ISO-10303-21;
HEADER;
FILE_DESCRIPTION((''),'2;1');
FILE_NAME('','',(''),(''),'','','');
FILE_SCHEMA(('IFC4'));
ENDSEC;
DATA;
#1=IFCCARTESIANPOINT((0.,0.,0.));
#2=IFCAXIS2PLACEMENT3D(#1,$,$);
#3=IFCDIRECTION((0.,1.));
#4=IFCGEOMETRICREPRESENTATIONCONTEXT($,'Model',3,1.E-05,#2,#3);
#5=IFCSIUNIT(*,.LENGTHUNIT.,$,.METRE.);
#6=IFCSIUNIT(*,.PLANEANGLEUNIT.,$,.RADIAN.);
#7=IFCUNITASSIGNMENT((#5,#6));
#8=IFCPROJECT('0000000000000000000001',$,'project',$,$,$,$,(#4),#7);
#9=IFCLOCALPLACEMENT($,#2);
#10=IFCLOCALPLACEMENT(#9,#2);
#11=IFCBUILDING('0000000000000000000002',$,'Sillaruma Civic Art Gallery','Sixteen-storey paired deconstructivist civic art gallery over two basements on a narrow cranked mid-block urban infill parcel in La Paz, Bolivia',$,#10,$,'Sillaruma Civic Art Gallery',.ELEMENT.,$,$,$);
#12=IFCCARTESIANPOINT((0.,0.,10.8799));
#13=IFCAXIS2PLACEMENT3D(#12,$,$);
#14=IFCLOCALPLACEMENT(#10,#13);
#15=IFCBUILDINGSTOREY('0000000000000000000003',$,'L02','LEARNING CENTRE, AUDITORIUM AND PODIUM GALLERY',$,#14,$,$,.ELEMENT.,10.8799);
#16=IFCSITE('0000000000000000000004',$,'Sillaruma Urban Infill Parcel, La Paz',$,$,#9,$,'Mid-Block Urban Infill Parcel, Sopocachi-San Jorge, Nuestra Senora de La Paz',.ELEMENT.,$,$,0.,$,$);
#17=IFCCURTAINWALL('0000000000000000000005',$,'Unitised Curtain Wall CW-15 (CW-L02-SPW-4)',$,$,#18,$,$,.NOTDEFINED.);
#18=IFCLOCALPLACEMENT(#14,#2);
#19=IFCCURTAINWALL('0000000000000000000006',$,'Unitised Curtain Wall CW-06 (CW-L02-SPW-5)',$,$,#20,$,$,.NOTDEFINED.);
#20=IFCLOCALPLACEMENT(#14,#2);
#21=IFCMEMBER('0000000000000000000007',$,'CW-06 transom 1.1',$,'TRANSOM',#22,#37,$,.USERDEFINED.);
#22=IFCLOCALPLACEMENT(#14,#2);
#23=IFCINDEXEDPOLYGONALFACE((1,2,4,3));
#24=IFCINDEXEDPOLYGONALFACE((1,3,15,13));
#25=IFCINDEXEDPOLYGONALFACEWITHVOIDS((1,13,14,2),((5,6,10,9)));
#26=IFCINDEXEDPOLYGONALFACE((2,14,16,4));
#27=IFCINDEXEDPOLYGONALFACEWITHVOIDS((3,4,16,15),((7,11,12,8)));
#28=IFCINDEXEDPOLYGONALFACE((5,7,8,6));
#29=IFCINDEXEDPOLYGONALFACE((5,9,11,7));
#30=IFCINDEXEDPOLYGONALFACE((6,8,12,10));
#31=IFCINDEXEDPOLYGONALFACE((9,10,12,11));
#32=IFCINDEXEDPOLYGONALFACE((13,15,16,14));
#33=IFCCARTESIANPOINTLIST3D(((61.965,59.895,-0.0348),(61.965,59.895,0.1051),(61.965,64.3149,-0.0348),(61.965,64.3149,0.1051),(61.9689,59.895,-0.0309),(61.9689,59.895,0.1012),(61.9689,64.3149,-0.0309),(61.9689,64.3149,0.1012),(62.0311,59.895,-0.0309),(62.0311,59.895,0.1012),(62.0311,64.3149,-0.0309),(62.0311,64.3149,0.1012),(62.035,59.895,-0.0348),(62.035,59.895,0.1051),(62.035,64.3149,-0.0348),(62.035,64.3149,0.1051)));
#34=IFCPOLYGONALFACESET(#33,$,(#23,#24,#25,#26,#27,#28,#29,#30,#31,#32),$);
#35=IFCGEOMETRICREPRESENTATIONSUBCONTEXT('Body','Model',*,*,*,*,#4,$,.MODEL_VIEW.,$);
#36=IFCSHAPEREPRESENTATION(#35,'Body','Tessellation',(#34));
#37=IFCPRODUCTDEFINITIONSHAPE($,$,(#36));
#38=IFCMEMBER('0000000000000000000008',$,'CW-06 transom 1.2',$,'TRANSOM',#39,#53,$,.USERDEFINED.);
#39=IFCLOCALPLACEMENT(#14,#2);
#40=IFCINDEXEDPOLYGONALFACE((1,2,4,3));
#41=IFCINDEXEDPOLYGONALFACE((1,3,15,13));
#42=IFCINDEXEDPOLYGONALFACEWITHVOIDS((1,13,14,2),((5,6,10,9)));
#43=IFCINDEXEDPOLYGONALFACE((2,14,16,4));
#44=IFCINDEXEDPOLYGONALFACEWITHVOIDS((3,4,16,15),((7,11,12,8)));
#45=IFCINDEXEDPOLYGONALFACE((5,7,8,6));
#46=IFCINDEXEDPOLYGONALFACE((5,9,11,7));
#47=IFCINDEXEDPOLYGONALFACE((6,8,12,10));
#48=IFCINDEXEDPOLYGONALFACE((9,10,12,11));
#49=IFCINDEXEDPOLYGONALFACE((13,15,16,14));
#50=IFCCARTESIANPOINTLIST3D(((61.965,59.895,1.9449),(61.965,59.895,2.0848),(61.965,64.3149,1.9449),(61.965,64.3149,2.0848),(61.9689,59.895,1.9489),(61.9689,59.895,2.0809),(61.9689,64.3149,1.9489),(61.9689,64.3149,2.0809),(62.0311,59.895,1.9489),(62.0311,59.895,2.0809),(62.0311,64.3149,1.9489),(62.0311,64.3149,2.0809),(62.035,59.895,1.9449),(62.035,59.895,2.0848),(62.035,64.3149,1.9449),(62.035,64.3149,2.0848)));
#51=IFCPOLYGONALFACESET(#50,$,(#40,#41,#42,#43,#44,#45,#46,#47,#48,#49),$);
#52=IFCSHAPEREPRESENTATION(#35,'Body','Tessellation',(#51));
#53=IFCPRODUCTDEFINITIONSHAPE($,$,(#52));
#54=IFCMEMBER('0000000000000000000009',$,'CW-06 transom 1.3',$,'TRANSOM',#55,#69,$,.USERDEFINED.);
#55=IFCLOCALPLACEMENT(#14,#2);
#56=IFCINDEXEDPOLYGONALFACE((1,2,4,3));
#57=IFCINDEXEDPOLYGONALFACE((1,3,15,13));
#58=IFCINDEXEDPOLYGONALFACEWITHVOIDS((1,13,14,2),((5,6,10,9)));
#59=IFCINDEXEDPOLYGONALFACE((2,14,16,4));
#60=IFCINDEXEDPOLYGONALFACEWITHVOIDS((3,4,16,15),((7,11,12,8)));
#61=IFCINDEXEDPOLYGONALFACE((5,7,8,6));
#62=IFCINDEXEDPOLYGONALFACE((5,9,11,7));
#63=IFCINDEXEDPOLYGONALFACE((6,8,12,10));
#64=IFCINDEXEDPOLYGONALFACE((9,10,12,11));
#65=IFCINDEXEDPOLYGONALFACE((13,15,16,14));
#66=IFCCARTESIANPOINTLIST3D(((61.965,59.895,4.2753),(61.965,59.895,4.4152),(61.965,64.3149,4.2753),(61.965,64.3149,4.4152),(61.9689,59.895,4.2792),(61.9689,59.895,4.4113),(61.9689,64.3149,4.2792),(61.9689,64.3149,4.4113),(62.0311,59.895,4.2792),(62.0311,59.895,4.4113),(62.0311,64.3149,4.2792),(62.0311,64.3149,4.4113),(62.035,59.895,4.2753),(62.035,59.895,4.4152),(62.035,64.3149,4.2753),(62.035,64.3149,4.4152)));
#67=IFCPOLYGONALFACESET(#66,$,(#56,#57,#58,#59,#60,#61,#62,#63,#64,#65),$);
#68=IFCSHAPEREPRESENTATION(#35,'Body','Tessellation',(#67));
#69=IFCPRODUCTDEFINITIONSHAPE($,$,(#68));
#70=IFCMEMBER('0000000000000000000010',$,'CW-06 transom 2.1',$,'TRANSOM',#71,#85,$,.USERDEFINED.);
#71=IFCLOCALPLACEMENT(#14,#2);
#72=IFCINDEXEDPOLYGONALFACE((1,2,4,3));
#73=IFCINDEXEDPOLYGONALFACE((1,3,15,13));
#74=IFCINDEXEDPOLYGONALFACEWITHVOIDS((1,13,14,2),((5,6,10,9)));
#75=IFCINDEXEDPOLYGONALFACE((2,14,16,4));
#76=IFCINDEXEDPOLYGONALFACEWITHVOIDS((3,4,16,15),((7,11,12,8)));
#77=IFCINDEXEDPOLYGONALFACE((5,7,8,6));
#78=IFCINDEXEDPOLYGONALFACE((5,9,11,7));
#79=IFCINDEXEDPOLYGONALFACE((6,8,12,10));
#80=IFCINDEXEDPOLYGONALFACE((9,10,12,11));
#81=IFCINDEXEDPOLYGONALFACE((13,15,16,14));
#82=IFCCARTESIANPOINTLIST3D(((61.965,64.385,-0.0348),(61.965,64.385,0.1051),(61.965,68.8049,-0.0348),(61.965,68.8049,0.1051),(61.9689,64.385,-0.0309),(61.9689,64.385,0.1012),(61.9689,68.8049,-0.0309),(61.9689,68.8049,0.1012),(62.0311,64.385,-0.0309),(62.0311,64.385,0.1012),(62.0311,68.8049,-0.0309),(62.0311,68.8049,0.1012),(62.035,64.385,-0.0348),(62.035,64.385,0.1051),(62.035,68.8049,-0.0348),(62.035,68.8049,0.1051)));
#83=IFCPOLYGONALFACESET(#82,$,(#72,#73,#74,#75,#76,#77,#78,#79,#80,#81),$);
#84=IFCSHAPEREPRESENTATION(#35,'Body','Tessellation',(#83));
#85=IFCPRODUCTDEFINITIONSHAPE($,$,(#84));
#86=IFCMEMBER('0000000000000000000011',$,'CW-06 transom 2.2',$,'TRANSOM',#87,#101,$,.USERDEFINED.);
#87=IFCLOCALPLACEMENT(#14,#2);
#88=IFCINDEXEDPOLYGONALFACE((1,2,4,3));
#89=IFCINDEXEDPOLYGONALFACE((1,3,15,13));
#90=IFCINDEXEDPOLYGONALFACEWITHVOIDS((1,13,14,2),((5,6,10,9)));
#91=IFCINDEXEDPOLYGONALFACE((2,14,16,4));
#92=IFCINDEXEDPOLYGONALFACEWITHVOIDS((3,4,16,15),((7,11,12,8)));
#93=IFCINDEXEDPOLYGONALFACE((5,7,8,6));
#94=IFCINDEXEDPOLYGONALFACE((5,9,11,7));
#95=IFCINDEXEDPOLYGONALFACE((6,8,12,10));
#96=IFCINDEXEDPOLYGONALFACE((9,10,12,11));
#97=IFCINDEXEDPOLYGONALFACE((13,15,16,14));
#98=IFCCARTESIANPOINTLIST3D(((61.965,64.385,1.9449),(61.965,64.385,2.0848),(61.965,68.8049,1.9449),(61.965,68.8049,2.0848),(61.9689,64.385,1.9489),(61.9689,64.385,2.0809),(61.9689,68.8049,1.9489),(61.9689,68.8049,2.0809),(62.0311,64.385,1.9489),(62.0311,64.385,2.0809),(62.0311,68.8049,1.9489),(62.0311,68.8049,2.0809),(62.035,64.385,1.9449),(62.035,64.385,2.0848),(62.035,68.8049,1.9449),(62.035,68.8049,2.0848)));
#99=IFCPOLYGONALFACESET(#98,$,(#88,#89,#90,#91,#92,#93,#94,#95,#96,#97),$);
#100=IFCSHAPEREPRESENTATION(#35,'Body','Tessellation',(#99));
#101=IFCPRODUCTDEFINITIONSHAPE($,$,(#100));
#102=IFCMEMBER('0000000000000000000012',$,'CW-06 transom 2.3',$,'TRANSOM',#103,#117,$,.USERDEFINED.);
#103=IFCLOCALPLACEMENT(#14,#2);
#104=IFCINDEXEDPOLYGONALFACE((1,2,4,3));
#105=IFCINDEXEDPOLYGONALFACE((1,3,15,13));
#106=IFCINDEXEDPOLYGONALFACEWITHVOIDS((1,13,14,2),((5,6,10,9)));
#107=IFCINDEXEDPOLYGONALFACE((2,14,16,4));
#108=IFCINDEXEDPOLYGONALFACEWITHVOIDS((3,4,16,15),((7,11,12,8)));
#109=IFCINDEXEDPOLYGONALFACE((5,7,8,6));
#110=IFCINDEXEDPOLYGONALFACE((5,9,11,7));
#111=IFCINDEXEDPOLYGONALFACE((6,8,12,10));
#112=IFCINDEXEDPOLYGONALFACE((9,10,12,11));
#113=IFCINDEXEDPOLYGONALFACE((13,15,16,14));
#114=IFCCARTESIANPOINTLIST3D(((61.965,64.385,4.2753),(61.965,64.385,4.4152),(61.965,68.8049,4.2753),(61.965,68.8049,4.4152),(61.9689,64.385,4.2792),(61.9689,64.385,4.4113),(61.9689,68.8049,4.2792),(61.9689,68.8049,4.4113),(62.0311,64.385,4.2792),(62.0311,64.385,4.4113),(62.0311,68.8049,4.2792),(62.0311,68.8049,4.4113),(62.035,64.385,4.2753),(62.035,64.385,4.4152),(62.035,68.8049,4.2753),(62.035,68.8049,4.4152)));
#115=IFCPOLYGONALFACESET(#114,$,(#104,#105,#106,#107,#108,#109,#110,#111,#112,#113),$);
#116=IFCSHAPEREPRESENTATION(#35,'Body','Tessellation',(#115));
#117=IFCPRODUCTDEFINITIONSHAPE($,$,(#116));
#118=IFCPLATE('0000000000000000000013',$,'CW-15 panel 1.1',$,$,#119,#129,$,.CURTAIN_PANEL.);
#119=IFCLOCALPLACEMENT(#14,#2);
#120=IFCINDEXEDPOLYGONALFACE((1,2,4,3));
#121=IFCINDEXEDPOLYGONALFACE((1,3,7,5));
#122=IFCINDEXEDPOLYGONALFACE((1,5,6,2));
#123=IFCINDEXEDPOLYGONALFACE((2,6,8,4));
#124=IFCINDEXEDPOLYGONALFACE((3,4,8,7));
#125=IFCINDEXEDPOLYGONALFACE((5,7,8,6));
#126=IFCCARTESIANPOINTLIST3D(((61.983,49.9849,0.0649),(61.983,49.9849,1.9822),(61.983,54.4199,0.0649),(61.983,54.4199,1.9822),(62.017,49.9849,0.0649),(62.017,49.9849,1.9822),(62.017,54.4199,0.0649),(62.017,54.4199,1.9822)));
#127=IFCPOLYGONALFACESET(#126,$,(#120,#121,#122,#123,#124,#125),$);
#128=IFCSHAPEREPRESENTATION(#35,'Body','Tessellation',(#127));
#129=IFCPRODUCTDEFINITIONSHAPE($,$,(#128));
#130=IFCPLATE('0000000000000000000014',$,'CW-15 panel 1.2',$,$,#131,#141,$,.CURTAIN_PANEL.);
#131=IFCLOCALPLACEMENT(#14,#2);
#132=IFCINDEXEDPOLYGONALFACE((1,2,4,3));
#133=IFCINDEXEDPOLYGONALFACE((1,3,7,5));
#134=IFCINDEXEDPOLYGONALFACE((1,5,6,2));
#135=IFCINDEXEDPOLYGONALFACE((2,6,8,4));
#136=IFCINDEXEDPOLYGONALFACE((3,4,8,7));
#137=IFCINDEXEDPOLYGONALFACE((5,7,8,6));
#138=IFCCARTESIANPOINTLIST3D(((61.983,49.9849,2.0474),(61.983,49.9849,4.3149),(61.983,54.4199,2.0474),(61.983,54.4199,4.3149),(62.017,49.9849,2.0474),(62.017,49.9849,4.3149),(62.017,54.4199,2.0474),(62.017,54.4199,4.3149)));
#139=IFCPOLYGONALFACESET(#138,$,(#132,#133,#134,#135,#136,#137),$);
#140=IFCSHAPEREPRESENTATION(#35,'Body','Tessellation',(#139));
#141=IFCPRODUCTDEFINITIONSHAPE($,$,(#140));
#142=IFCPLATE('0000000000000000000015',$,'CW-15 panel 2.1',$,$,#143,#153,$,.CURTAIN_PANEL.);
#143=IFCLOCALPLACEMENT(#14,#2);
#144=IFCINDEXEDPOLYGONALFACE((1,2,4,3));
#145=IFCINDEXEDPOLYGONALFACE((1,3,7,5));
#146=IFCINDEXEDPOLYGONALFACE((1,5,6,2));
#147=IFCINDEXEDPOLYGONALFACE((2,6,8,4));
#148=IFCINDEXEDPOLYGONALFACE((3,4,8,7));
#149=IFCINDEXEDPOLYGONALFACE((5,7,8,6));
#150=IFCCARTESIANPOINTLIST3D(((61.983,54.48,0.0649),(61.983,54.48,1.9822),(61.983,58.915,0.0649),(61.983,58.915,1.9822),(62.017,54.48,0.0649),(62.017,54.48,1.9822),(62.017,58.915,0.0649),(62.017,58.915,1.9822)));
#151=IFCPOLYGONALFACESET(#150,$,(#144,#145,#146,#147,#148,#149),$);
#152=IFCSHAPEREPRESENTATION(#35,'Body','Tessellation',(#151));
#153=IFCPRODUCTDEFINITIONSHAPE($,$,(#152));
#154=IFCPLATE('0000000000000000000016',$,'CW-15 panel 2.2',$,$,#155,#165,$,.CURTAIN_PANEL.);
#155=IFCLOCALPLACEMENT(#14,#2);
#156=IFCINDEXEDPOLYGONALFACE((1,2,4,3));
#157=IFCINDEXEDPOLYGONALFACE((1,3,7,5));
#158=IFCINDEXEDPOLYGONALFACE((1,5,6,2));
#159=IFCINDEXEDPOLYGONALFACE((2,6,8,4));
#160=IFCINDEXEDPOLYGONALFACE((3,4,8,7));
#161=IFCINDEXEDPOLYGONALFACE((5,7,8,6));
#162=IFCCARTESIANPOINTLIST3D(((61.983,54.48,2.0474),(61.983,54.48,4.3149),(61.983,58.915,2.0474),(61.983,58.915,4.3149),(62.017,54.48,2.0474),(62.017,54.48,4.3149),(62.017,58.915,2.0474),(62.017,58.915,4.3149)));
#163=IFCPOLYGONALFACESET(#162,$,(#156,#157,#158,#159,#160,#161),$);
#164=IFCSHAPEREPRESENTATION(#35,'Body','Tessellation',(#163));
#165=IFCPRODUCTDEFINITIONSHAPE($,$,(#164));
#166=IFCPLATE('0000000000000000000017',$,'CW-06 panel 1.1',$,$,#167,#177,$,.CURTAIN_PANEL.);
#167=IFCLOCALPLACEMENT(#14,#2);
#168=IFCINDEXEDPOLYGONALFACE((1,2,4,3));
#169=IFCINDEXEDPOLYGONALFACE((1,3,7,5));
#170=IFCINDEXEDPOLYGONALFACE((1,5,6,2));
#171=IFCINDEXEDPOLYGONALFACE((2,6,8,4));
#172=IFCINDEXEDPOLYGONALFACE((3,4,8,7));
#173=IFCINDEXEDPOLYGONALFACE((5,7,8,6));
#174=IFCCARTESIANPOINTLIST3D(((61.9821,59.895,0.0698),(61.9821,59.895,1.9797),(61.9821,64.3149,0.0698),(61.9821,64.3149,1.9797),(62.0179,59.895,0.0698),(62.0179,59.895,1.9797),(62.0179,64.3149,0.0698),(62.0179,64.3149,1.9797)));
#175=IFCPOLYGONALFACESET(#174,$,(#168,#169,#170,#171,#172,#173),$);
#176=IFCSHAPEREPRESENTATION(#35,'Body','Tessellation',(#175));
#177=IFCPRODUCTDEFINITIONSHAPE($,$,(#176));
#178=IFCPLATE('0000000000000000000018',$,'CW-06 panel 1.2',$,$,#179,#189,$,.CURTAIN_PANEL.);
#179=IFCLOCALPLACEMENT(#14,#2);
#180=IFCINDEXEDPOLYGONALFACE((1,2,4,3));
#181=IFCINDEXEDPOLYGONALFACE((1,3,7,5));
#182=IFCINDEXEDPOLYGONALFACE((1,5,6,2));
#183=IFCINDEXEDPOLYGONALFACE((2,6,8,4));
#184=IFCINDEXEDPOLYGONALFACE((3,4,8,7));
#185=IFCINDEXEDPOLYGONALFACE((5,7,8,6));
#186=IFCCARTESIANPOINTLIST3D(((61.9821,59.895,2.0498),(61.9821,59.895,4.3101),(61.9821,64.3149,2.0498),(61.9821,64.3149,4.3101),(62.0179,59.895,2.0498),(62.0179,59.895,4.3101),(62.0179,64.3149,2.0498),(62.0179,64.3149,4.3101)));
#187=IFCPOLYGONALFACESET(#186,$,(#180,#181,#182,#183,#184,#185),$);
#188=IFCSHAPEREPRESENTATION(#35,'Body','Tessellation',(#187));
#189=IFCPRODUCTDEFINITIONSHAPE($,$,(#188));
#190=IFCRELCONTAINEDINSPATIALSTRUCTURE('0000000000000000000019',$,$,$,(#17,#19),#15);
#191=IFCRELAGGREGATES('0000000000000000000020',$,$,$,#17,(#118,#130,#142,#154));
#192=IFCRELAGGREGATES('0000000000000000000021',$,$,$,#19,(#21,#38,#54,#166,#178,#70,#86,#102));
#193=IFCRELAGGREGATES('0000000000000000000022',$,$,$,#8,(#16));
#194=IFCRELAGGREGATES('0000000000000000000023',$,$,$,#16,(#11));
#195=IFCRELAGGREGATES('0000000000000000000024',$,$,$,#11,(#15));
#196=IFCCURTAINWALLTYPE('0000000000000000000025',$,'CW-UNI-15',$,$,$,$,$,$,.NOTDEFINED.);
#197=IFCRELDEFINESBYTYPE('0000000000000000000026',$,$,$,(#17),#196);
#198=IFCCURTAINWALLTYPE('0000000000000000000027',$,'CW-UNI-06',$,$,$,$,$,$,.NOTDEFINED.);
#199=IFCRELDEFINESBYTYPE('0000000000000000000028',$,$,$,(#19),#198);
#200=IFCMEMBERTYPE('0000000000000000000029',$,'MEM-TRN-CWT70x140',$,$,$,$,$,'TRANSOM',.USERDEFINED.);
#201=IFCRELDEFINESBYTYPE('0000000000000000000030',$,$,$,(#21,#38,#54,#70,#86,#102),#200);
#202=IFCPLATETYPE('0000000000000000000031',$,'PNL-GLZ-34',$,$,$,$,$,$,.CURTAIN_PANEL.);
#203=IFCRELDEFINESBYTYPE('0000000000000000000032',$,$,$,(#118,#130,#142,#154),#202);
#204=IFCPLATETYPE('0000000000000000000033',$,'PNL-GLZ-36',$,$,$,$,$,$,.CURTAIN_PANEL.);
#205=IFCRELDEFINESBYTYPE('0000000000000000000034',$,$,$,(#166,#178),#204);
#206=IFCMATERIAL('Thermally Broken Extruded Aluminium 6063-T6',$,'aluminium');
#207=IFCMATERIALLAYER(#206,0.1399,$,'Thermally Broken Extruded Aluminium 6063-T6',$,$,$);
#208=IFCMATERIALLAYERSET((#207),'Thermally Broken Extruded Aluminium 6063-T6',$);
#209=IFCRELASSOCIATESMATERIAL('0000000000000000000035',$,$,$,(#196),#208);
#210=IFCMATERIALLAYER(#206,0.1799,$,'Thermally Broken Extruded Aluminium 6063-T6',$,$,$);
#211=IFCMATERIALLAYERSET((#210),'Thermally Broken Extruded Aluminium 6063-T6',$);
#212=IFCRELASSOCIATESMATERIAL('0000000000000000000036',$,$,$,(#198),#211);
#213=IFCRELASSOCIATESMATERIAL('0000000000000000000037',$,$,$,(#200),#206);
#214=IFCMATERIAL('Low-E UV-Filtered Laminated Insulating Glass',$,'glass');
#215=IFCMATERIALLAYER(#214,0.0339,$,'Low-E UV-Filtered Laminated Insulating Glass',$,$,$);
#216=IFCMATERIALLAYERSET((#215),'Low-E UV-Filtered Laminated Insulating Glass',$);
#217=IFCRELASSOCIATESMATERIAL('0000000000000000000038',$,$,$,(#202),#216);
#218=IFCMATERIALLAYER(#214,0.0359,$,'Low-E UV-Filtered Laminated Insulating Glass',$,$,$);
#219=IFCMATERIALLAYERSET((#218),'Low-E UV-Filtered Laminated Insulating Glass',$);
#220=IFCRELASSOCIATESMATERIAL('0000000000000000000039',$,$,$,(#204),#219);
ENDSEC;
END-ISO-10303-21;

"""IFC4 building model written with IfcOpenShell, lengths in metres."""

from ifc_helpers import new_model, si_unit, direction, frame, origin, origin_2d, place, context, subcontext, project, spatial, rectangle, hollow_rectangle, extrude, material, layer, layer_set, material_profile, profile_set, type_object, element, aggregate, save


model = new_model("IFC4")

# Units and contexts
model_context = context("Model", 3, precision=1e-05, world=origin(), true_north=direction((0.0, 1.0)))
body_context = subcontext(model_context, "Body", "Model", "MODEL_VIEW")
ifc_project = project(units=[si_unit("LENGTHUNIT", "METRE"), si_unit("PLANEANGLEUNIT", "RADIAN")], contexts=[model_context])

# Site, building, storey
site_placement = place(None, origin())
site = spatial("IfcSite", under=ifc_project, at=site_placement, Name="Sillaruma Urban Infill Parcel, La Paz", LongName="Mid-Block Urban Infill Parcel, Sopocachi-San Jorge, Nuestra Senora de La Paz", CompositionType="ELEMENT", RefElevation=0.0)
building_placement = place(site_placement, origin())
building = spatial("IfcBuilding", under=site, at=building_placement, Name="Sillaruma Civic Art Gallery", Description="Sixteen-storey paired deconstructivist civic art gallery over two basements on a narrow cranked mid-block urban infill parcel in La Paz, Bolivia", LongName="Sillaruma Civic Art Gallery", CompositionType="ELEMENT")
storey_placement = place(building_placement, frame((0.0, 0.0, 10.8799)))
storey = spatial("IfcBuildingStorey", under=building, at=storey_placement, Name="L02", Description="LEARNING CENTRE, AUDITORIUM AND PODIUM GALLERY", CompositionType="ELEMENT", Elevation=10.8799)

# Curtain walls
ifc_material_1 = material(Name="Thermally Broken Extruded Aluminium 6063-T6", Category="aluminium")
ifc_layer_1 = layer(ifc_material_1, 0.1399, Name="Thermally Broken Extruded Aluminium 6063-T6")
ifc_layer_set_1 = layer_set([ifc_layer_1], Name="Thermally Broken Extruded Aluminium 6063-T6")
curtain_wall_type_1 = type_object("IfcCurtainWallType", Name="CW-UNI-15", PredefinedType="NOTDEFINED", material=ifc_layer_set_1)
curtain_wall_1_placement = place(storey_placement, origin())
curtain_wall_1 = element("IfcCurtainWall", 1, at=curtain_wall_1_placement, inside=storey, type_object=curtain_wall_type_1, Name="Unitised Curtain Wall CW-15 (CW-L02-SPW-4)", PredefinedType="NOTDEFINED")
ifc_layer_2 = layer(ifc_material_1, 0.1799, Name="Thermally Broken Extruded Aluminium 6063-T6")
ifc_layer_set_2 = layer_set([ifc_layer_2], Name="Thermally Broken Extruded Aluminium 6063-T6")
curtain_wall_type_2 = type_object("IfcCurtainWallType", Name="CW-UNI-06", PredefinedType="NOTDEFINED", material=ifc_layer_set_2)
curtain_wall_2_placement = place(storey_placement, origin())
curtain_wall_2 = element("IfcCurtainWall", 2, at=curtain_wall_2_placement, inside=storey, type_object=curtain_wall_type_2, Name="Unitised Curtain Wall CW-06 (CW-L02-SPW-5)", PredefinedType="NOTDEFINED")

# Members
ifc_material_profile_1 = material_profile(ifc_material_1, hollow_rectangle(XDim=0.0701, YDim=0.1399, WallThickness=0.0039, at=origin_2d()), Name="CWT70x140")
ifc_profile_set_1 = profile_set([ifc_material_profile_1], Name="Thermally Broken Extruded Aluminium 6063-T6")
member_type_1 = type_object("IfcMemberType", Name="MEM-TRN-CWT70x140", ElementType="TRANSOM", PredefinedType="USERDEFINED", material=ifc_profile_set_1)
member_1_placement = place(storey_placement, frame((62.0, 59.895, 0.0352), z_axis=(0.0, 1.0, 0.0), x_axis=(-1.0, 0.0, 0.0)))
member_1 = element("IfcMember", 3, at=member_1_placement, type_object=member_type_1, Name="CW-06 transom 1.1", ObjectType="TRANSOM", PredefinedType="USERDEFINED", context=body_context, shape_type="SweptSolid", body=[
    extrude(hollow_rectangle(XDim=0.0701, YDim=0.1399, WallThickness=0.0039, at=origin_2d()), origin(), (0.0, 0.0, 1.0), 4.4199),
])
member_2_placement = place(storey_placement, frame((62.0, 59.895, 2.0149), z_axis=(0.0, 1.0, 0.0), x_axis=(-1.0, 0.0, 0.0)))
member_2 = element("IfcMember", 4, at=member_2_placement, type_object=member_type_1, Name="CW-06 transom 1.2", ObjectType="TRANSOM", PredefinedType="USERDEFINED", context=body_context, shape_type="SweptSolid", body=[
    extrude(hollow_rectangle(XDim=0.0701, YDim=0.1399, WallThickness=0.0039, at=origin_2d()), origin(), (0.0, 0.0, 1.0), 4.4199),
])
member_3_placement = place(storey_placement, frame((62.0, 59.895, 4.3452), z_axis=(0.0, 1.0, 0.0), x_axis=(-1.0, 0.0, 0.0)))
member_3 = element("IfcMember", 5, at=member_3_placement, type_object=member_type_1, Name="CW-06 transom 1.3", ObjectType="TRANSOM", PredefinedType="USERDEFINED", context=body_context, shape_type="SweptSolid", body=[
    extrude(hollow_rectangle(XDim=0.0701, YDim=0.1399, WallThickness=0.0039, at=origin_2d()), origin(), (0.0, 0.0, 1.0), 4.4199),
])
member_4_placement = place(storey_placement, frame((62.0, 64.385, 0.0352), z_axis=(0.0, 1.0, 0.0), x_axis=(-1.0, 0.0, 0.0)))
member_4 = element("IfcMember", 6, at=member_4_placement, type_object=member_type_1, Name="CW-06 transom 2.1", ObjectType="TRANSOM", PredefinedType="USERDEFINED", context=body_context, shape_type="SweptSolid", body=[
    extrude(hollow_rectangle(XDim=0.0701, YDim=0.1399, WallThickness=0.0039, at=origin_2d()), origin(), (0.0, 0.0, 1.0), 4.4199),
])
member_5_placement = place(storey_placement, frame((62.0, 64.385, 2.0149), z_axis=(0.0, 1.0, 0.0), x_axis=(-1.0, 0.0, 0.0)))
member_5 = element("IfcMember", 7, at=member_5_placement, type_object=member_type_1, Name="CW-06 transom 2.2", ObjectType="TRANSOM", PredefinedType="USERDEFINED", context=body_context, shape_type="SweptSolid", body=[
    extrude(hollow_rectangle(XDim=0.0701, YDim=0.1399, WallThickness=0.0039, at=origin_2d()), origin(), (0.0, 0.0, 1.0), 4.4199),
])
member_6_placement = place(storey_placement, frame((62.0, 64.385, 4.3452), z_axis=(0.0, 1.0, 0.0), x_axis=(-1.0, 0.0, 0.0)))
member_6 = element("IfcMember", 8, at=member_6_placement, type_object=member_type_1, Name="CW-06 transom 2.3", ObjectType="TRANSOM", PredefinedType="USERDEFINED", context=body_context, shape_type="SweptSolid", body=[
    extrude(hollow_rectangle(XDim=0.0701, YDim=0.1399, WallThickness=0.0039, at=origin_2d()), origin(), (0.0, 0.0, 1.0), 4.4199),
])

# Plates
ifc_material_2 = material(Name="Low-E UV-Filtered Laminated Insulating Glass", Category="glass")
ifc_layer_3 = layer(ifc_material_2, 0.0339, Name="Low-E UV-Filtered Laminated Insulating Glass")
ifc_layer_set_3 = layer_set([ifc_layer_3], Name="Low-E UV-Filtered Laminated Insulating Glass")
plate_type_1 = type_object("IfcPlateType", Name="PNL-GLZ-34", PredefinedType="CURTAIN_PANEL", material=ifc_layer_set_3)
plate_1_placement = place(storey_placement, frame((62.0, 52.2024, 0.0649), z_axis=(0.0, 0.0, 1.0), x_axis=(0.0, 1.0, 0.0)))
plate_1 = element("IfcPlate", 9, at=plate_1_placement, type_object=plate_type_1, Name="CW-15 panel 1.1", PredefinedType="CURTAIN_PANEL", context=body_context, shape_type="SweptSolid", body=[
    extrude(rectangle(XDim=4.4351, YDim=0.0339, at=origin_2d()), origin(), (0.0, 0.0, 1.0), 1.9172),
])
plate_2_placement = place(storey_placement, frame((62.0, 52.2024, 2.0474), z_axis=(0.0, 0.0, 1.0), x_axis=(0.0, 1.0, 0.0)))
plate_2 = element("IfcPlate", 10, at=plate_2_placement, type_object=plate_type_1, Name="CW-15 panel 1.2", PredefinedType="CURTAIN_PANEL", context=body_context, shape_type="SweptSolid", body=[
    extrude(rectangle(XDim=4.4351, YDim=0.0339, at=origin_2d()), origin(), (0.0, 0.0, 1.0), 2.2676),
])
plate_3_placement = place(storey_placement, frame((62.0, 56.6975, 0.0649), z_axis=(0.0, 0.0, 1.0), x_axis=(0.0, 1.0, 0.0)))
plate_3 = element("IfcPlate", 11, at=plate_3_placement, type_object=plate_type_1, Name="CW-15 panel 2.1", PredefinedType="CURTAIN_PANEL", context=body_context, shape_type="SweptSolid", body=[
    extrude(rectangle(XDim=4.4351, YDim=0.0339, at=origin_2d()), origin(), (0.0, 0.0, 1.0), 1.9172),
])
plate_4_placement = place(storey_placement, frame((62.0, 56.6975, 2.0474), z_axis=(0.0, 0.0, 1.0), x_axis=(0.0, 1.0, 0.0)))
plate_4 = element("IfcPlate", 12, at=plate_4_placement, type_object=plate_type_1, Name="CW-15 panel 2.2", PredefinedType="CURTAIN_PANEL", context=body_context, shape_type="SweptSolid", body=[
    extrude(rectangle(XDim=4.4351, YDim=0.0339, at=origin_2d()), origin(), (0.0, 0.0, 1.0), 2.2676),
])
aggregate(curtain_wall_1, [plate_1, plate_2, plate_3, plate_4])
ifc_layer_4 = layer(ifc_material_2, 0.0359, Name="Low-E UV-Filtered Laminated Insulating Glass")
ifc_layer_set_4 = layer_set([ifc_layer_4], Name="Low-E UV-Filtered Laminated Insulating Glass")
plate_type_2 = type_object("IfcPlateType", Name="PNL-GLZ-36", PredefinedType="CURTAIN_PANEL", material=ifc_layer_set_4)
plate_5_placement = place(storey_placement, frame((62.0, 62.105, 0.0698), z_axis=(0.0, 0.0, 1.0), x_axis=(0.0, 1.0, 0.0)))
plate_5 = element("IfcPlate", 13, at=plate_5_placement, type_object=plate_type_2, Name="CW-06 panel 1.1", PredefinedType="CURTAIN_PANEL", context=body_context, shape_type="SweptSolid", body=[
    extrude(rectangle(XDim=4.4199, YDim=0.0359, at=origin_2d()), origin(), (0.0, 0.0, 1.0), 1.9099),
])
plate_6_placement = place(storey_placement, frame((62.0, 62.105, 2.0498), z_axis=(0.0, 0.0, 1.0), x_axis=(0.0, 1.0, 0.0)))
plate_6 = element("IfcPlate", 14, at=plate_6_placement, type_object=plate_type_2, Name="CW-06 panel 1.2", PredefinedType="CURTAIN_PANEL", context=body_context, shape_type="SweptSolid", body=[
    extrude(rectangle(XDim=4.4199, YDim=0.0359, at=origin_2d()), origin(), (0.0, 0.0, 1.0), 2.2603),
])
aggregate(curtain_wall_2, [member_1, member_2, member_3, plate_5, plate_6, member_4, member_5, member_6])

save(model, "model.ifc")
